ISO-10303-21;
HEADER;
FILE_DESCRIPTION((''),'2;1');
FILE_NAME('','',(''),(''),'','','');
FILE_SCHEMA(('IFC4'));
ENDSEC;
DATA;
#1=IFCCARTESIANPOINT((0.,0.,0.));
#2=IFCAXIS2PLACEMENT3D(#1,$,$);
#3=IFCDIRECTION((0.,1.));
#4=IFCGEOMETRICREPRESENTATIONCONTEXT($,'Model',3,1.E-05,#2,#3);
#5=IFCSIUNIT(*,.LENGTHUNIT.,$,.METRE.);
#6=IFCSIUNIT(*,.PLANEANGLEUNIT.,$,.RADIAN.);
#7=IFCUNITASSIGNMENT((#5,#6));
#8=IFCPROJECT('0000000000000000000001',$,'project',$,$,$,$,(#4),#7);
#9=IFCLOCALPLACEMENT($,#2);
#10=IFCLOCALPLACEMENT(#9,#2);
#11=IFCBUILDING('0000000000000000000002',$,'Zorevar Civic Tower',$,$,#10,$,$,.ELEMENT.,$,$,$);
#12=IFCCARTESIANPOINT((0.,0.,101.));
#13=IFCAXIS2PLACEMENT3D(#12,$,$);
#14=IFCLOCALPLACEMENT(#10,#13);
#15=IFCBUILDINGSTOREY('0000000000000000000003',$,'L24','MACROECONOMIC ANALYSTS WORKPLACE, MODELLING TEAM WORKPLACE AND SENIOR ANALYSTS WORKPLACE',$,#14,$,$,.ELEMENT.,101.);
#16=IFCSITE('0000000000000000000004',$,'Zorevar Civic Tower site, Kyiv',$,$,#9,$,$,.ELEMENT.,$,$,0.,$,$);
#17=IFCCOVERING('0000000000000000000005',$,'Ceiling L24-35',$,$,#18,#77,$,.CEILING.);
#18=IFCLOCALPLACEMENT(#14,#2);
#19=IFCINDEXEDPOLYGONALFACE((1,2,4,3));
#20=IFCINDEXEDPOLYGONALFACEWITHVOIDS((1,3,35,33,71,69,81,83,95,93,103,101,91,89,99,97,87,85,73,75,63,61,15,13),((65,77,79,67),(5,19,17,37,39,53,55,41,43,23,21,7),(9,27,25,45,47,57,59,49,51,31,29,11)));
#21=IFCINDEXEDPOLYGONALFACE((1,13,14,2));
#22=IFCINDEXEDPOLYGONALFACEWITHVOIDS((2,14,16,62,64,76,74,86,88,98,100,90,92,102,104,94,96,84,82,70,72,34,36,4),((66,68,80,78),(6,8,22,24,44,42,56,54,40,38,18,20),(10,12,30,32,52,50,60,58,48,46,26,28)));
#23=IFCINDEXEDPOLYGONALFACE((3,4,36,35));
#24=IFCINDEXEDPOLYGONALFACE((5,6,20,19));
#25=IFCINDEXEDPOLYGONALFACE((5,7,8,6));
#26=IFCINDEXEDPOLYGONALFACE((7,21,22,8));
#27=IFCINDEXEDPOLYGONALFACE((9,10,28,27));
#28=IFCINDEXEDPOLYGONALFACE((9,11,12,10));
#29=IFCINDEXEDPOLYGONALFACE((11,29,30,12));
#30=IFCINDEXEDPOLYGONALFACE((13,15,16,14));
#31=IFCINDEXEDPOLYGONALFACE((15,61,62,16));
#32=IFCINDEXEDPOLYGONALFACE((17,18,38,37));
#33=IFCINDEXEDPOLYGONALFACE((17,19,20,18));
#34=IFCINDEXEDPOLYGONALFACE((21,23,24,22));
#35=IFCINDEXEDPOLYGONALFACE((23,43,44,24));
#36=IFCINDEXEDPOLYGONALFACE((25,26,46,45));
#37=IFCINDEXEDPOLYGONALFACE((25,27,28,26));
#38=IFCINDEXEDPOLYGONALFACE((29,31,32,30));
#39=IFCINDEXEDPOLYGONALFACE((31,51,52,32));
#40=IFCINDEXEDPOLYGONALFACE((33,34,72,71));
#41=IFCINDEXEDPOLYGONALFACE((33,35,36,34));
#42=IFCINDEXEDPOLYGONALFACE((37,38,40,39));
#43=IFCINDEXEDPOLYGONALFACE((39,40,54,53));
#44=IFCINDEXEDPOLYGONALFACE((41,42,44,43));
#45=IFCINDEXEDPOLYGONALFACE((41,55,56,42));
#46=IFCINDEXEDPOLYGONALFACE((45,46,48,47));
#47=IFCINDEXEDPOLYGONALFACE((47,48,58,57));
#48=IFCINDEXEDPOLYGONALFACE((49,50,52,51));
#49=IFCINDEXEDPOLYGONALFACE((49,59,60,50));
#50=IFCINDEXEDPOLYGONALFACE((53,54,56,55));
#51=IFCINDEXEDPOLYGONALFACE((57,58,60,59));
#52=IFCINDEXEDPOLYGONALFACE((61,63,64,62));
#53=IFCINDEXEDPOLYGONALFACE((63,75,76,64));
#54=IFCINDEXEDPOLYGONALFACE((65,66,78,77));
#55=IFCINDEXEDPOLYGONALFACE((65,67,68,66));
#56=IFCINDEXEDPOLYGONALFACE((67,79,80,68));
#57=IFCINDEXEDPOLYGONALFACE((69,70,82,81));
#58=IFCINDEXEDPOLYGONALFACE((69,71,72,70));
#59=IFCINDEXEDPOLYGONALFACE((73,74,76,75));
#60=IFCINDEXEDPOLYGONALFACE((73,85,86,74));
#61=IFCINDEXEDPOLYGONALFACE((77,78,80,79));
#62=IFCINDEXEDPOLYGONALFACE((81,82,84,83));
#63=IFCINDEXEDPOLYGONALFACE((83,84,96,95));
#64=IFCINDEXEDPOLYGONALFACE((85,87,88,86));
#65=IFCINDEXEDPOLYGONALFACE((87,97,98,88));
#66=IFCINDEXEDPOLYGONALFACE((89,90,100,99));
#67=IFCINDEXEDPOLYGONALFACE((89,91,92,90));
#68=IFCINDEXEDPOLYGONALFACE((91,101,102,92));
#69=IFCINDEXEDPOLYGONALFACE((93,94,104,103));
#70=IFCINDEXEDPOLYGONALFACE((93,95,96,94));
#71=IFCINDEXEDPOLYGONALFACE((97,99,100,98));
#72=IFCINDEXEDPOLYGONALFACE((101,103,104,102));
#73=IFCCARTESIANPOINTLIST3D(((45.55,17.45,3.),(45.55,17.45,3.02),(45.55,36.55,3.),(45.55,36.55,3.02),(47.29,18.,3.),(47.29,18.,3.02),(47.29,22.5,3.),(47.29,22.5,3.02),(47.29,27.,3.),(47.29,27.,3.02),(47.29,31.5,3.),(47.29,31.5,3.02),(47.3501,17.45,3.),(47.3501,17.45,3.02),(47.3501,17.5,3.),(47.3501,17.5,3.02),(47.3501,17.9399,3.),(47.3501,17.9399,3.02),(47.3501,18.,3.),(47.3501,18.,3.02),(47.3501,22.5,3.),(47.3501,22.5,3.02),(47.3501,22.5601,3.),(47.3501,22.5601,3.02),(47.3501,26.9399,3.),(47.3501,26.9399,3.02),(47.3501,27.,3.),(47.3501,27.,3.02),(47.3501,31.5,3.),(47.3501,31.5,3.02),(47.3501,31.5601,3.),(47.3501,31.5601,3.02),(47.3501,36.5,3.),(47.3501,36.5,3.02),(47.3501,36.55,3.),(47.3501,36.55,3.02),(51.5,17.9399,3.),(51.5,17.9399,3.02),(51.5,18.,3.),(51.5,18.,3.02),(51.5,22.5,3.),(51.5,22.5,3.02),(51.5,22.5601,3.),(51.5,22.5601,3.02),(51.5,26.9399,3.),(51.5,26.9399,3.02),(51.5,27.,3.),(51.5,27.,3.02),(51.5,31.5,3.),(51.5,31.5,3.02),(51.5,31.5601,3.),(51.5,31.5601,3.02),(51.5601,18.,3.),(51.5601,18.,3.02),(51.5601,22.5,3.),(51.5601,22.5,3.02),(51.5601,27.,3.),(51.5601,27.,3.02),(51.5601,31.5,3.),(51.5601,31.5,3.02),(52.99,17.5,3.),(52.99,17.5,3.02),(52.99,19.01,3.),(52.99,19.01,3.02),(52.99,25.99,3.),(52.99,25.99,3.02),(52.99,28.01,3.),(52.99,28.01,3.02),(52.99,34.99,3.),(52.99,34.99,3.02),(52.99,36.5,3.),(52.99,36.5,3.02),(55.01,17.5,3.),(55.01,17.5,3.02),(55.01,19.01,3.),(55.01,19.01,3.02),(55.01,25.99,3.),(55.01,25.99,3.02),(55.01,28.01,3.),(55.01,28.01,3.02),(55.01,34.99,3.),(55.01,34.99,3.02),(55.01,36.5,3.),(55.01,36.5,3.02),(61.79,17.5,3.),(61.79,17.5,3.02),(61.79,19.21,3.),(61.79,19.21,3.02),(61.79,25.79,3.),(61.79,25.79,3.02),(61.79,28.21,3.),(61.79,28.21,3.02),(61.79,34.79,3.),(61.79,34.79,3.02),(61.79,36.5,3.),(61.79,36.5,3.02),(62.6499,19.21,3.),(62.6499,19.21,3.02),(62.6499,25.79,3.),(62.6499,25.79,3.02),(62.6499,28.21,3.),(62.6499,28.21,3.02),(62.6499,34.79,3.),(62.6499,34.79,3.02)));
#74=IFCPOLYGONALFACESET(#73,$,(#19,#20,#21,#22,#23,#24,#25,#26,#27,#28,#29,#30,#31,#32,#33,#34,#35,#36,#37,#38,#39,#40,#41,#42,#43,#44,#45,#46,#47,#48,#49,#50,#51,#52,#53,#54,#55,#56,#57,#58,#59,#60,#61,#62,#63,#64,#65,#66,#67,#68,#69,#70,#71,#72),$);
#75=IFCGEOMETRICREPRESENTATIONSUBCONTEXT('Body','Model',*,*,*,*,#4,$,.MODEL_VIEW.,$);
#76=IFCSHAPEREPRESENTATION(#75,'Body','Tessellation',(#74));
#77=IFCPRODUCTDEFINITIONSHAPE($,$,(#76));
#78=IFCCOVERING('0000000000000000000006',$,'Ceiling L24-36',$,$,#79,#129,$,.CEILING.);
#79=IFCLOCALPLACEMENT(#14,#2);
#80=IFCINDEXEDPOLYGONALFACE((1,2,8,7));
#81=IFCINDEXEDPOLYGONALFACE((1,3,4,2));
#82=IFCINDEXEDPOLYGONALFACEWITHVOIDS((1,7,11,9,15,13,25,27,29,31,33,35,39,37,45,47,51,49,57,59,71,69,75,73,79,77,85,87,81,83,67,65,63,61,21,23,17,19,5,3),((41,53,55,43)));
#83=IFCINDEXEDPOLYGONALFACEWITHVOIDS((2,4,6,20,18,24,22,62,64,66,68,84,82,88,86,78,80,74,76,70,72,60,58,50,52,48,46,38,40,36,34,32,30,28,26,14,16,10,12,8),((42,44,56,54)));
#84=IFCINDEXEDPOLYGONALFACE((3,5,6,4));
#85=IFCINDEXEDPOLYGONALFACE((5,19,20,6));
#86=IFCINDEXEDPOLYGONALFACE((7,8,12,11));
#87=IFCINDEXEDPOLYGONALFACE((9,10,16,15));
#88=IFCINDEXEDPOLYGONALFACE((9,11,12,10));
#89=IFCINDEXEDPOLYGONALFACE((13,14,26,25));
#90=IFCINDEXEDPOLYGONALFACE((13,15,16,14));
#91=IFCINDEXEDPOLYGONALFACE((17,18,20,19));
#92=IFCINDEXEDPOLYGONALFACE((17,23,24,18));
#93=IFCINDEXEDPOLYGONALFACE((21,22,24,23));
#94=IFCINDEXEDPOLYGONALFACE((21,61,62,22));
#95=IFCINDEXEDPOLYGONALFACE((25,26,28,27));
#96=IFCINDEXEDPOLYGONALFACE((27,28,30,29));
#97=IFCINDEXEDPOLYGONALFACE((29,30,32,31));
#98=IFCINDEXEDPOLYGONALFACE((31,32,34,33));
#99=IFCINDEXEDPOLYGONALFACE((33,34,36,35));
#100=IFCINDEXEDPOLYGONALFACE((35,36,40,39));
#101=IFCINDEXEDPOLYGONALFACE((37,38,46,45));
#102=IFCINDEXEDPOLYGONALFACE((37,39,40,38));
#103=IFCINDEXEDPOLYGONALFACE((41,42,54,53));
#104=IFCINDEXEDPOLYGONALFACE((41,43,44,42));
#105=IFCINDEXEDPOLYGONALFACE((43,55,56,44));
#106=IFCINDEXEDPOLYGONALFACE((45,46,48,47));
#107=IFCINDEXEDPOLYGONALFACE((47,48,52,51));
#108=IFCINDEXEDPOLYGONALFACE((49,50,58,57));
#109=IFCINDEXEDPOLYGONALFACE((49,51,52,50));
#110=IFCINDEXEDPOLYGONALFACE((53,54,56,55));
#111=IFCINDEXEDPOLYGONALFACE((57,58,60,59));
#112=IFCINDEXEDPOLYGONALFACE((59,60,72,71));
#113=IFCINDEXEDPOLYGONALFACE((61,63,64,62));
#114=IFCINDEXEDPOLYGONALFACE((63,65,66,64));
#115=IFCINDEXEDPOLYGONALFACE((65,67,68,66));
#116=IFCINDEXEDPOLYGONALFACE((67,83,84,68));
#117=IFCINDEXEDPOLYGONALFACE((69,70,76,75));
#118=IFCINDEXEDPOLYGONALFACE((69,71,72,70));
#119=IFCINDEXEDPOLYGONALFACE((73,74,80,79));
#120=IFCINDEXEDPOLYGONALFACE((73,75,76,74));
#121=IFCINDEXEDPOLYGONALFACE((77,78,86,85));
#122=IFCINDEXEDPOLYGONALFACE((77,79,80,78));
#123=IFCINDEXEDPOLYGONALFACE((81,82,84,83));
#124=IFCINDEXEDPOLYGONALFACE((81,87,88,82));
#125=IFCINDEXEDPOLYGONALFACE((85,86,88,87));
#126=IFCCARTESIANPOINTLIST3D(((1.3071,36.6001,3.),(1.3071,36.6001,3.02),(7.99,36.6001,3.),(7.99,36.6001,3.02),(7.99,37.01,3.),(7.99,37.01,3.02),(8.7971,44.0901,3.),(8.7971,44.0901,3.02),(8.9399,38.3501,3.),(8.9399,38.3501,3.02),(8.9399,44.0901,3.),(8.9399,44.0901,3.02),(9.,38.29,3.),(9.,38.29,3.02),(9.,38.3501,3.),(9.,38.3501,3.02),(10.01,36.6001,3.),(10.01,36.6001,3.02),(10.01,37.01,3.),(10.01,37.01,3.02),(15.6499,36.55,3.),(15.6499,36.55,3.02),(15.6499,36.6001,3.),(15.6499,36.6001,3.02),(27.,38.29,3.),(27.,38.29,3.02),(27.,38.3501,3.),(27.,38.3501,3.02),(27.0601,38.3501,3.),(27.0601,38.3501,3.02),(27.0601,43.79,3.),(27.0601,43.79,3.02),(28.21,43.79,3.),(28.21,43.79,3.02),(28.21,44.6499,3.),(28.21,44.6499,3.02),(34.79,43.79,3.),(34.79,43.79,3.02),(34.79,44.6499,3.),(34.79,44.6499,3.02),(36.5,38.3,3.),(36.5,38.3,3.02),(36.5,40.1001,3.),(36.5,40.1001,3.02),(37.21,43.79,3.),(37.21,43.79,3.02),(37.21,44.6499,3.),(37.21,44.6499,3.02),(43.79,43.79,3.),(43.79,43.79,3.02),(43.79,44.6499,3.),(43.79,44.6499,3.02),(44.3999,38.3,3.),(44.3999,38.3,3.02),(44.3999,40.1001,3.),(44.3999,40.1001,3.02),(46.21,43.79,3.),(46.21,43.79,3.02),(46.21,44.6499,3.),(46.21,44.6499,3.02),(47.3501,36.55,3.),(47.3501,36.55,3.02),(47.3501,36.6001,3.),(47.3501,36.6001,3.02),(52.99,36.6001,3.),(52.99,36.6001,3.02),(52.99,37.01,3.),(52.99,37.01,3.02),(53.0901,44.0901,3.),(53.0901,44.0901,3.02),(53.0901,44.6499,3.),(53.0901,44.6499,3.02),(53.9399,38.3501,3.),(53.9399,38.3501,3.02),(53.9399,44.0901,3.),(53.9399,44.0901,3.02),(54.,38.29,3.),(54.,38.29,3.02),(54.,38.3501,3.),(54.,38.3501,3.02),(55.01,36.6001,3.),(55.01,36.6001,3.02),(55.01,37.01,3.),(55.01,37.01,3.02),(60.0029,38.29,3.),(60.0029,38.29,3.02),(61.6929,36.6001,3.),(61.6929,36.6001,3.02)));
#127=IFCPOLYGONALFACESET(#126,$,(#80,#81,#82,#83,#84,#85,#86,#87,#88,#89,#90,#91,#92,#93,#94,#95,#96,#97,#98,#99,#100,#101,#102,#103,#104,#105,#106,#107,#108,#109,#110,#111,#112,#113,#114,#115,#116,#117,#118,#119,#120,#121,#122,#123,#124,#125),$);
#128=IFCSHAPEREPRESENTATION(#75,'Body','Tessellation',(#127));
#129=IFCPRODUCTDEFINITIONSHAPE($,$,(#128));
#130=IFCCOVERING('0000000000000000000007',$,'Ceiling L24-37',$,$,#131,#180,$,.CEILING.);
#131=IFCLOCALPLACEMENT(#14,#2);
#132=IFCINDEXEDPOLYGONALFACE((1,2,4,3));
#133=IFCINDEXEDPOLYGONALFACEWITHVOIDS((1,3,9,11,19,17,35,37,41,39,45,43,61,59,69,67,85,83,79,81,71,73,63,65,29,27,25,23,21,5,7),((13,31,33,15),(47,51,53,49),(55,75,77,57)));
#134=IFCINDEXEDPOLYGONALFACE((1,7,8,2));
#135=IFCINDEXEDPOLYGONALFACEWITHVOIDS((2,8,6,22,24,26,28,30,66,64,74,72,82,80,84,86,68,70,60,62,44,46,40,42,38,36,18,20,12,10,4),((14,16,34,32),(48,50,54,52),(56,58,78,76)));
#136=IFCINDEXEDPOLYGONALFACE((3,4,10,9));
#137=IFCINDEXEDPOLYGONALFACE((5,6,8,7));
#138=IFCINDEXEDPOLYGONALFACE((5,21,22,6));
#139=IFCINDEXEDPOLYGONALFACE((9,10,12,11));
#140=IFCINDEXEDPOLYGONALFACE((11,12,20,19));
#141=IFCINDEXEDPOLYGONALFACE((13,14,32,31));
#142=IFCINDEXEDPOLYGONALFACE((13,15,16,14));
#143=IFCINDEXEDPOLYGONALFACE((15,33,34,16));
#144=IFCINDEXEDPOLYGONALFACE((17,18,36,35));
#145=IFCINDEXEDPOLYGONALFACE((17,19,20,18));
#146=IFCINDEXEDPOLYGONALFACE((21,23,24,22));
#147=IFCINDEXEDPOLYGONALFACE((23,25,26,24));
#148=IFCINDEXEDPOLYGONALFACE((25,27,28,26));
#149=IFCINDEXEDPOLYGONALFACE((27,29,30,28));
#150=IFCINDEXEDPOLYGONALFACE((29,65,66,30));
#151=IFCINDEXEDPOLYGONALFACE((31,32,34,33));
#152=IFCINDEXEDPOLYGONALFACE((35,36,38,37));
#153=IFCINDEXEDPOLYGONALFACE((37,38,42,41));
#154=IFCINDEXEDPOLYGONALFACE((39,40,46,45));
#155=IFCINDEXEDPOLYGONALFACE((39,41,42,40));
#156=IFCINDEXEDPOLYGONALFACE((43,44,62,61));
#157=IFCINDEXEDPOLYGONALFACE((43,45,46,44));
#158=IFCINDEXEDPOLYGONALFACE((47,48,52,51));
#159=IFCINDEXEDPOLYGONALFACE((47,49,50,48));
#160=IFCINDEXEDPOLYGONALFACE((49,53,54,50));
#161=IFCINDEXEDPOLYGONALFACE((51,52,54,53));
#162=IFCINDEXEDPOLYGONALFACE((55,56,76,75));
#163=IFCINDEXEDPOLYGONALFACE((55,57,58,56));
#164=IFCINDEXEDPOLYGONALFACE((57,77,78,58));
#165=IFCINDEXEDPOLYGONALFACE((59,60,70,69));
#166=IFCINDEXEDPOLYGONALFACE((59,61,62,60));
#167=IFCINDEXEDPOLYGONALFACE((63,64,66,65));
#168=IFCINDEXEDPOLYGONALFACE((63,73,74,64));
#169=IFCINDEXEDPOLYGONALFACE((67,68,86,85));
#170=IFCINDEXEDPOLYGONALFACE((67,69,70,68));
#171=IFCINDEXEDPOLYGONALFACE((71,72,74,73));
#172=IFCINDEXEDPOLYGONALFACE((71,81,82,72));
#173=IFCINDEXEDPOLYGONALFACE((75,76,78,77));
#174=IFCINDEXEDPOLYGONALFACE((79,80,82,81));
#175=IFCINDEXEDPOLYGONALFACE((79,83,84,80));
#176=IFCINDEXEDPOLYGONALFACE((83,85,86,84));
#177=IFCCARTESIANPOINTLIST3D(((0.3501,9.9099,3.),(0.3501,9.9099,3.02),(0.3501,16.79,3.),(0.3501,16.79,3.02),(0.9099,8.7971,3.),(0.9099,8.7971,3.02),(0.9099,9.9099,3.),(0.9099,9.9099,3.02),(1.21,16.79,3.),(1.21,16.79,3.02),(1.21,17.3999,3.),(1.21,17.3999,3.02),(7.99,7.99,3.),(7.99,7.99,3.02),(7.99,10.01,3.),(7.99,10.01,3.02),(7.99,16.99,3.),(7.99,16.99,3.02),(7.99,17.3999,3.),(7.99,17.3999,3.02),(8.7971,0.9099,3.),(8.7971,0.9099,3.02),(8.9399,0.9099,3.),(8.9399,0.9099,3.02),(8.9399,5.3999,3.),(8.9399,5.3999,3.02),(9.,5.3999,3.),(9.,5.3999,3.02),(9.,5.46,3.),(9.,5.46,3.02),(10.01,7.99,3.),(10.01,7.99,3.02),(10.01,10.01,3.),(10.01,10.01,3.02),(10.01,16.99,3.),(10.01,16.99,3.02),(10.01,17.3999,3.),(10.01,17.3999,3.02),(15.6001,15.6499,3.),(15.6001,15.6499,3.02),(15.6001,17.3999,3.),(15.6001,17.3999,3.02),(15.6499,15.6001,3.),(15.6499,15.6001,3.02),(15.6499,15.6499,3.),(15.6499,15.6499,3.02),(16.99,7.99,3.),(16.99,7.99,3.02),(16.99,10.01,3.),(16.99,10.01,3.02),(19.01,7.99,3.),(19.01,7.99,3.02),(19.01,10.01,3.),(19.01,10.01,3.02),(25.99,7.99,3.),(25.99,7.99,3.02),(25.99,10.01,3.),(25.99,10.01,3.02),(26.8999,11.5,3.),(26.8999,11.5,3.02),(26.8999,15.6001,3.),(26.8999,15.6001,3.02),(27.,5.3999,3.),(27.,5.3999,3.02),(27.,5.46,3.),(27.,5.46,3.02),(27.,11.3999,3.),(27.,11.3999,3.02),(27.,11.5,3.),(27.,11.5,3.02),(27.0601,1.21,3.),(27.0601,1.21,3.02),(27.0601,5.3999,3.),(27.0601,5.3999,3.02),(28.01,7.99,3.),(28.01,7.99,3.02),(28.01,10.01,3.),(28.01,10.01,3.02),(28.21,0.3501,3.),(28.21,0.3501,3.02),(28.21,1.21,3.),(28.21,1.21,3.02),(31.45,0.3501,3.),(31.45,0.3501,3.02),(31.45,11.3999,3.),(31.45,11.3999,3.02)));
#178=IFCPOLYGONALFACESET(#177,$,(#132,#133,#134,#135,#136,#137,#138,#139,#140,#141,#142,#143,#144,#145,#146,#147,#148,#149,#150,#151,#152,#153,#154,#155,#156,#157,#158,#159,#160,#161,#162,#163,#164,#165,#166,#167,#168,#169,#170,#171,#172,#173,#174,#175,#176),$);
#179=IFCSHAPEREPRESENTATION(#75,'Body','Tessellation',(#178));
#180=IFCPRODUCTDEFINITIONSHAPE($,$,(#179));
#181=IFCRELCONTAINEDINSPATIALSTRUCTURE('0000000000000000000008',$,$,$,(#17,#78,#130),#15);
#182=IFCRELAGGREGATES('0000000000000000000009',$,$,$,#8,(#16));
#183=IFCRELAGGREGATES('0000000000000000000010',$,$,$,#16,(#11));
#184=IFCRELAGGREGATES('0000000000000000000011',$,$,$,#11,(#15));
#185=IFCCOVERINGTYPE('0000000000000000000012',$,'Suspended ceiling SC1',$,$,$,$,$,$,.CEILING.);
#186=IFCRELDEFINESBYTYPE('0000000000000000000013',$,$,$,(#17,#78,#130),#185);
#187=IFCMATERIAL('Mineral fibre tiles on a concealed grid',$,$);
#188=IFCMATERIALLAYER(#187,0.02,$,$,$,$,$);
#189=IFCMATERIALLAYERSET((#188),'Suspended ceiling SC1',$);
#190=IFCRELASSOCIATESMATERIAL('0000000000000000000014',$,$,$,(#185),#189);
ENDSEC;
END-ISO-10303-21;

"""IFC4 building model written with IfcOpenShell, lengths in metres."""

from ifc_helpers import new_model, si_unit, direction, frame, origin, place, context, subcontext, project, spatial, polyline, outline, extrude, material, layer, layer_set, type_object, element, save


model = new_model("IFC4")

# Units and contexts
model_context = context("Model", 3, precision=1e-05, world=origin(), true_north=direction((0.0, 1.0)))
body_context = subcontext(model_context, "Body", "Model", "MODEL_VIEW")
ifc_project = project(units=[si_unit("LENGTHUNIT", "METRE"), si_unit("PLANEANGLEUNIT", "RADIAN")], contexts=[model_context])

# Site, building, storey
site_placement = place(None, origin())
site = spatial("IfcSite", under=ifc_project, at=site_placement, Name="Zorevar Civic Tower site, Kyiv", CompositionType="ELEMENT", RefElevation=0.0)
building_placement = place(site_placement, origin())
building = spatial("IfcBuilding", under=site, at=building_placement, Name="Zorevar Civic Tower", CompositionType="ELEMENT")
storey_placement = place(building_placement, frame((0.0, 0.0, 101.0)))
storey = spatial("IfcBuildingStorey", under=building, at=storey_placement, Name="L24", Description="MACROECONOMIC ANALYSTS WORKPLACE, MODELLING TEAM WORKPLACE AND SENIOR ANALYSTS WORKPLACE", CompositionType="ELEMENT", Elevation=101.0)

# Coverings
ifc_material_1 = material(Name="Mineral fibre tiles on a concealed grid")
ifc_layer_1 = layer(ifc_material_1, 0.02)
ifc_layer_set_1 = layer_set([ifc_layer_1], Name="Suspended ceiling SC1")
covering_type_1 = type_object("IfcCoveringType", Name="Suspended ceiling SC1", PredefinedType="CEILING", material=ifc_layer_set_1)
covering_1_placement = place(storey_placement, frame((0.0, 0.0, 3.0)))
element("IfcCovering", 1, at=covering_1_placement, inside=storey, type_object=covering_type_1, Name="Ceiling L24-35", PredefinedType="CEILING", context=body_context, shape_type="SweptSolid", body=[
    extrude(outline(polyline([(47.3501, 36.5), (52.99, 36.5), (52.99, 34.99), (55.01, 34.99), (55.01, 36.5), (61.79, 36.5), (61.79, 34.79), (62.6499, 34.79), (62.6499, 28.21), (61.79, 28.21), (61.79, 25.79), (62.6499, 25.79), (62.6499, 19.21), (61.79, 19.21), (61.79, 17.5), (55.01, 17.5), (55.01, 19.01), (52.99, 19.01), (52.99, 17.5), (47.3501, 17.5), (47.3501, 17.45), (45.55, 17.45), (45.55, 36.55), (47.3501, 36.55), (47.3501, 36.5)]), holes=[polyline([(47.29, 18.0), (47.3501, 18.0), (47.3501, 17.9399), (51.5, 17.9399), (51.5, 18.0), (51.5601, 18.0), (51.5601, 22.5), (51.5, 22.5), (51.5, 22.5601), (47.3501, 22.5601), (47.3501, 22.5), (47.29, 22.5), (47.29, 18.0)]), polyline([(47.29, 27.0), (47.3501, 27.0), (47.3501, 26.9399), (51.5, 26.9399), (51.5, 27.0), (51.5601, 27.0), (51.5601, 31.5), (51.5, 31.5), (51.5, 31.5601), (47.3501, 31.5601), (47.3501, 31.5), (47.29, 31.5), (47.29, 27.0)]), polyline([(55.01, 28.01), (52.99, 28.01), (52.99, 25.99), (55.01, 25.99), (55.01, 28.01)])]), origin(), (0.0, 0.0, 1.0), 0.02),
])
covering_2_placement = place(storey_placement, frame((0.0, 0.0, 3.0)))
element("IfcCovering", 2, at=covering_2_placement, inside=storey, type_object=covering_type_1, Name="Ceiling L24-36", PredefinedType="CEILING", context=body_context, shape_type="SweptSolid", body=[
    extrude(outline(polyline([(28.21, 44.6499), (34.79, 44.6499), (34.79, 43.79), (37.21, 43.79), (37.21, 44.6499), (43.79, 44.6499), (43.79, 43.79), (46.21, 43.79), (46.21, 44.6499), (53.0901, 44.6499), (53.0901, 44.0901), (53.9399, 44.0901), (53.9399, 38.3501), (54.0, 38.3501), (54.0, 38.29), (60.0029, 38.29), (61.6929, 36.6001), (55.01, 36.6001), (55.01, 37.01), (52.99, 37.01), (52.99, 36.6001), (47.3501, 36.6001), (47.3501, 36.55), (15.6499, 36.55), (15.6499, 36.6001), (10.01, 36.6001), (10.01, 37.01), (7.99, 37.01), (7.99, 36.6001), (1.3071, 36.6001), (8.7971, 44.0901), (8.9399, 44.0901), (8.9399, 38.3501), (9.0, 38.3501), (9.0, 38.29), (27.0, 38.29), (27.0, 38.3501), (27.0601, 38.3501), (27.0601, 43.79), (28.21, 43.79), (28.21, 44.6499)]), holes=[polyline([(36.5, 40.1001), (36.5, 38.3), (44.3999, 38.3), (44.3999, 40.1001), (36.5, 40.1001)])]), origin(), (0.0, 0.0, 1.0), 0.02),
])
covering_3_placement = place(storey_placement, frame((0.0, 0.0, 3.0)))
element("IfcCovering", 3, at=covering_3_placement, inside=storey, type_object=covering_type_1, Name="Ceiling L24-37", PredefinedType="CEILING", context=body_context, shape_type="SweptSolid", body=[
    extrude(outline(polyline([(0.9099, 9.9099), (0.3501, 9.9099), (0.3501, 16.79), (1.21, 16.79), (1.21, 17.3999), (7.99, 17.3999), (7.99, 16.99), (10.01, 16.99), (10.01, 17.3999), (15.6001, 17.3999), (15.6001, 15.6499), (15.6499, 15.6499), (15.6499, 15.6001), (26.8999, 15.6001), (26.8999, 11.5), (27.0, 11.5), (27.0, 11.3999), (31.45, 11.3999), (31.45, 0.3501), (28.21, 0.3501), (28.21, 1.21), (27.0601, 1.21), (27.0601, 5.3999), (27.0, 5.3999), (27.0, 5.46), (9.0, 5.46), (9.0, 5.3999), (8.9399, 5.3999), (8.9399, 0.9099), (8.7971, 0.9099), (0.9099, 8.7971), (0.9099, 9.9099)]), holes=[polyline([(7.99, 10.01), (7.99, 7.99), (10.01, 7.99), (10.01, 10.01), (7.99, 10.01)]), polyline([(19.01, 7.99), (19.01, 10.01), (16.99, 10.01), (16.99, 7.99), (19.01, 7.99)]), polyline([(25.99, 10.01), (25.99, 7.99), (28.01, 7.99), (28.01, 10.01), (25.99, 10.01)])]), origin(), (0.0, 0.0, 1.0), 0.02),
])

save(model, "model.ifc")
